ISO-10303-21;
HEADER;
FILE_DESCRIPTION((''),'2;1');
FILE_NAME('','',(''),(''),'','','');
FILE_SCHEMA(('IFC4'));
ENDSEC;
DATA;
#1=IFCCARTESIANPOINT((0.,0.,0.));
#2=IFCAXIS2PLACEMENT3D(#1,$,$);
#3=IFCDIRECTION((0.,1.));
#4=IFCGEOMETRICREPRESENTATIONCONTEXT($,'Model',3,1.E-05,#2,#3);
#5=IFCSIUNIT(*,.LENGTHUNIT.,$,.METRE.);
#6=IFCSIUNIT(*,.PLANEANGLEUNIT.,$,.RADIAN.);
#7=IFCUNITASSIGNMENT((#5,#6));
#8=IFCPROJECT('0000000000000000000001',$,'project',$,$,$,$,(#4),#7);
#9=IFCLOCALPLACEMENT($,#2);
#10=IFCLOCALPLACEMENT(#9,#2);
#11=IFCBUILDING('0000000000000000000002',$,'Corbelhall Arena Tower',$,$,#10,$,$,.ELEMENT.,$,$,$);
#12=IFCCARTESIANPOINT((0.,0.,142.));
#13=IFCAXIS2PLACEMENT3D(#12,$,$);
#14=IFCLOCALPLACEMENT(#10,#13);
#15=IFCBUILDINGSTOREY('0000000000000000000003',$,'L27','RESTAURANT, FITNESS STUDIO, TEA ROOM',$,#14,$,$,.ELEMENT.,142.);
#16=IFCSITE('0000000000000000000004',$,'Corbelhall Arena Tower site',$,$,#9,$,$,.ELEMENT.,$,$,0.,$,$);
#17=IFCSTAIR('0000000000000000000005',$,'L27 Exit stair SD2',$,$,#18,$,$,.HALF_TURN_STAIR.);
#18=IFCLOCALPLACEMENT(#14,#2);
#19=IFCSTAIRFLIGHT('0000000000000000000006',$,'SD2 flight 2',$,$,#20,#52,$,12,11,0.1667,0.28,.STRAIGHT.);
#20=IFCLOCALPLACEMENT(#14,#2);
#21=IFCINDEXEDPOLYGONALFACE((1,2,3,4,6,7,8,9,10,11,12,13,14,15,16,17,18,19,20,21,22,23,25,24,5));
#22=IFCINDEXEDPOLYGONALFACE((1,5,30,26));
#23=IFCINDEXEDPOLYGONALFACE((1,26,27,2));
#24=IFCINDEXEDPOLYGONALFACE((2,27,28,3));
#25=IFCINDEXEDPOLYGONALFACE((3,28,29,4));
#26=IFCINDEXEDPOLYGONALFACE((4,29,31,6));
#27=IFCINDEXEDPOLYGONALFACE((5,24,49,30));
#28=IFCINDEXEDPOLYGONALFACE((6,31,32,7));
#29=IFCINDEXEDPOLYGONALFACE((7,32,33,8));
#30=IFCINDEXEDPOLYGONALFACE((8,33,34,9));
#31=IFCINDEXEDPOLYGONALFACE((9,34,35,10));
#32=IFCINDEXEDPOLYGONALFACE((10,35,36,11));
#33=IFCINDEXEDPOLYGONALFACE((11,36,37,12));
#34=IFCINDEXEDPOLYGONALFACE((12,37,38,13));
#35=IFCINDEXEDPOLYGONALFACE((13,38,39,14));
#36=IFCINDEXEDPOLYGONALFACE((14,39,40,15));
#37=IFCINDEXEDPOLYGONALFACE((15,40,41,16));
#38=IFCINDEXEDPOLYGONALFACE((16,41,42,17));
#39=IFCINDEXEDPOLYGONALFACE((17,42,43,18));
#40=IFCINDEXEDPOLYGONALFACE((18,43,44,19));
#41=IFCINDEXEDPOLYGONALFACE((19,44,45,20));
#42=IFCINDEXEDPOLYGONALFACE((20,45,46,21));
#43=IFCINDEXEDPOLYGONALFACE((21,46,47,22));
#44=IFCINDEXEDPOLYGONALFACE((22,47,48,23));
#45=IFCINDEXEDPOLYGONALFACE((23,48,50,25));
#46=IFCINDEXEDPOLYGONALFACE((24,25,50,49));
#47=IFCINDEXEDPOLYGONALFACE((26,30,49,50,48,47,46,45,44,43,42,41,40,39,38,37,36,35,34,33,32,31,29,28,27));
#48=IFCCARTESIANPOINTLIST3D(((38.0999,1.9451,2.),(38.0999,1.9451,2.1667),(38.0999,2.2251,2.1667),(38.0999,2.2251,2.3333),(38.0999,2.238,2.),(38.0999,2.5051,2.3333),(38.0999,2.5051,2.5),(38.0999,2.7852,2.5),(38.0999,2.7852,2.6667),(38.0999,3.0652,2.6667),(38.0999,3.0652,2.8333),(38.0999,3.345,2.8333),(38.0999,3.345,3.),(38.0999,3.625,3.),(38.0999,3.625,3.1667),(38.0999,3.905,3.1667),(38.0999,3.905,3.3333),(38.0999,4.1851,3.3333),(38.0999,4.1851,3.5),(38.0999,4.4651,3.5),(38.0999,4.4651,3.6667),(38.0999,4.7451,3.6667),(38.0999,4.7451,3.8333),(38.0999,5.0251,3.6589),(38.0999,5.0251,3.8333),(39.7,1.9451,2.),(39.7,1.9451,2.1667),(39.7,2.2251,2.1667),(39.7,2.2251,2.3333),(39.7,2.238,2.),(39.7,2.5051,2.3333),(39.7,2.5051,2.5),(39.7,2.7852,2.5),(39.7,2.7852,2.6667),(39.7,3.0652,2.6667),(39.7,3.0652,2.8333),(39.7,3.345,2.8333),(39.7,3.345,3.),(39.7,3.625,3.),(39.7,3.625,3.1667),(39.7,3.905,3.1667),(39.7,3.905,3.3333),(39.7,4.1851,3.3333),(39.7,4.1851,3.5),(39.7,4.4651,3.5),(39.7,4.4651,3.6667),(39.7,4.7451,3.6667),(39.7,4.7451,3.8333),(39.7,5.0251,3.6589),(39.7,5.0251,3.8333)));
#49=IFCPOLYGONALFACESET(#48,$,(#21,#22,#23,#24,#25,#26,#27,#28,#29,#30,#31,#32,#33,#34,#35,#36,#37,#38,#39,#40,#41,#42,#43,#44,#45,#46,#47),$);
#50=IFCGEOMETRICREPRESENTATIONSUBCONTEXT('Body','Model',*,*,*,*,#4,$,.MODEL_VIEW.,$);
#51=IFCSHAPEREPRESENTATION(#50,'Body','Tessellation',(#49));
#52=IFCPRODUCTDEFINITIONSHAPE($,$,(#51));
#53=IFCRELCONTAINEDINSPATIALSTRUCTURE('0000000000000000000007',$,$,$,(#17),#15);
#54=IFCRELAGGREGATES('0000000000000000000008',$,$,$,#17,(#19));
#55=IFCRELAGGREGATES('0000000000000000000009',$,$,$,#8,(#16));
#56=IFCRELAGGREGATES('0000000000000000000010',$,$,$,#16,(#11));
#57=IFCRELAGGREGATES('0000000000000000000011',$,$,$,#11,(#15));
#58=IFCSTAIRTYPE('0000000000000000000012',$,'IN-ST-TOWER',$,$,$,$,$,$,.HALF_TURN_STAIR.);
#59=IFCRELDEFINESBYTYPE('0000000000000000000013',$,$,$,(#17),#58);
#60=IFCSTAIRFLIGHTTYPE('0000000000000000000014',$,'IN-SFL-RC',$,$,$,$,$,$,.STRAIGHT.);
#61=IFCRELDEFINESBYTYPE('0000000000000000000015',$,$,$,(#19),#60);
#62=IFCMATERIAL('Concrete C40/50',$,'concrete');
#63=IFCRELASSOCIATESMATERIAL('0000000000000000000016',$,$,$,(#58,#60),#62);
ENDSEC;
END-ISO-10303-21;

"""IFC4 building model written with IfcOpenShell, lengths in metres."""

from ifc_helpers import new_model, si_unit, direction, frame, origin, place, context, subcontext, project, spatial, polyline, outline, extrude, material, type_object, element, aggregate, save


model = new_model("IFC4")

# Units and contexts
model_context = context("Model", 3, precision=1e-05, world=origin(), true_north=direction((0.0, 1.0)))
body_context = subcontext(model_context, "Body", "Model", "MODEL_VIEW")
ifc_project = project(units=[si_unit("LENGTHUNIT", "METRE"), si_unit("PLANEANGLEUNIT", "RADIAN")], contexts=[model_context])

# Site, building, storey
site_placement = place(None, origin())
site = spatial("IfcSite", under=ifc_project, at=site_placement, Name="Corbelhall Arena Tower site", CompositionType="ELEMENT", RefElevation=0.0)
building_placement = place(site_placement, origin())
building = spatial("IfcBuilding", under=site, at=building_placement, Name="Corbelhall Arena Tower", CompositionType="ELEMENT")
storey_placement = place(building_placement, frame((0.0, 0.0, 142.0)))
storey = spatial("IfcBuildingStorey", under=building, at=storey_placement, Name="L27", Description="RESTAURANT, FITNESS STUDIO, TEA ROOM", CompositionType="ELEMENT", Elevation=142.0)

# Shared definitions
ifc_material_1 = material(Name="Concrete C40/50", Category="concrete")

# Stair, stair flight
stair_type = type_object("IfcStairType", Name="IN-ST-TOWER", PredefinedType="HALF_TURN_STAIR", material=ifc_material_1)
stair_placement = place(storey_placement, origin())
stair = element("IfcStair", 1, at=stair_placement, inside=storey, type_object=stair_type, Name="L27 Exit stair SD2", PredefinedType="HALF_TURN_STAIR")
stair_flight_type = type_object("IfcStairFlightType", Name="IN-SFL-RC", PredefinedType="STRAIGHT", material=ifc_material_1)
stair_flight_1_placement = place(storey_placement, frame((38.8999, 1.9451, 2.0), z_axis=(0.0, 0.0, 1.0), x_axis=(0.0, 1.0, 0.0)))
stair_flight_1 = element("IfcStairFlight", 2, at=stair_flight_1_placement, type_object=stair_flight_type, Name="SD2 flight 2", NumberOfRisers=12, NumberOfTreads=11, PredefinedType="STRAIGHT", RiserHeight=0.1667, TreadLength=0.28, context=body_context, shape_type="SweptSolid", body=[
    extrude(outline(polyline([(0.0, 0.0), (0.0, 0.1667), (0.28, 0.1667), (0.28, 0.3333), (0.5601, 0.3333), (0.5601, 0.5), (0.8401, 0.5), (0.8401, 0.6667), (1.1201, 0.6667), (1.1201, 0.8333), (1.3999, 0.8333), (1.3999, 1.0), (1.6799, 1.0), (1.6799, 1.1667), (1.96, 1.1667), (1.96, 1.3333), (2.24, 1.3333), (2.24, 1.5), (2.52, 1.5), (2.52, 1.6667), (2.8, 1.6667), (2.8, 1.8333), (3.0801, 1.8333), (3.0801, 2.0), (3.0801, 1.6589), (0.293, 0.0), (0.0, 0.0)])), frame((0.0, 0.8, 0.0), z_axis=(0.0, -1.0, 0.0), x_axis=(1.0, 0.0, 0.0)), (0.0, 0.0, 1.0), 1.6001),
])
aggregate(stair, [stair_flight_1])

save(model, "model.ifc")
